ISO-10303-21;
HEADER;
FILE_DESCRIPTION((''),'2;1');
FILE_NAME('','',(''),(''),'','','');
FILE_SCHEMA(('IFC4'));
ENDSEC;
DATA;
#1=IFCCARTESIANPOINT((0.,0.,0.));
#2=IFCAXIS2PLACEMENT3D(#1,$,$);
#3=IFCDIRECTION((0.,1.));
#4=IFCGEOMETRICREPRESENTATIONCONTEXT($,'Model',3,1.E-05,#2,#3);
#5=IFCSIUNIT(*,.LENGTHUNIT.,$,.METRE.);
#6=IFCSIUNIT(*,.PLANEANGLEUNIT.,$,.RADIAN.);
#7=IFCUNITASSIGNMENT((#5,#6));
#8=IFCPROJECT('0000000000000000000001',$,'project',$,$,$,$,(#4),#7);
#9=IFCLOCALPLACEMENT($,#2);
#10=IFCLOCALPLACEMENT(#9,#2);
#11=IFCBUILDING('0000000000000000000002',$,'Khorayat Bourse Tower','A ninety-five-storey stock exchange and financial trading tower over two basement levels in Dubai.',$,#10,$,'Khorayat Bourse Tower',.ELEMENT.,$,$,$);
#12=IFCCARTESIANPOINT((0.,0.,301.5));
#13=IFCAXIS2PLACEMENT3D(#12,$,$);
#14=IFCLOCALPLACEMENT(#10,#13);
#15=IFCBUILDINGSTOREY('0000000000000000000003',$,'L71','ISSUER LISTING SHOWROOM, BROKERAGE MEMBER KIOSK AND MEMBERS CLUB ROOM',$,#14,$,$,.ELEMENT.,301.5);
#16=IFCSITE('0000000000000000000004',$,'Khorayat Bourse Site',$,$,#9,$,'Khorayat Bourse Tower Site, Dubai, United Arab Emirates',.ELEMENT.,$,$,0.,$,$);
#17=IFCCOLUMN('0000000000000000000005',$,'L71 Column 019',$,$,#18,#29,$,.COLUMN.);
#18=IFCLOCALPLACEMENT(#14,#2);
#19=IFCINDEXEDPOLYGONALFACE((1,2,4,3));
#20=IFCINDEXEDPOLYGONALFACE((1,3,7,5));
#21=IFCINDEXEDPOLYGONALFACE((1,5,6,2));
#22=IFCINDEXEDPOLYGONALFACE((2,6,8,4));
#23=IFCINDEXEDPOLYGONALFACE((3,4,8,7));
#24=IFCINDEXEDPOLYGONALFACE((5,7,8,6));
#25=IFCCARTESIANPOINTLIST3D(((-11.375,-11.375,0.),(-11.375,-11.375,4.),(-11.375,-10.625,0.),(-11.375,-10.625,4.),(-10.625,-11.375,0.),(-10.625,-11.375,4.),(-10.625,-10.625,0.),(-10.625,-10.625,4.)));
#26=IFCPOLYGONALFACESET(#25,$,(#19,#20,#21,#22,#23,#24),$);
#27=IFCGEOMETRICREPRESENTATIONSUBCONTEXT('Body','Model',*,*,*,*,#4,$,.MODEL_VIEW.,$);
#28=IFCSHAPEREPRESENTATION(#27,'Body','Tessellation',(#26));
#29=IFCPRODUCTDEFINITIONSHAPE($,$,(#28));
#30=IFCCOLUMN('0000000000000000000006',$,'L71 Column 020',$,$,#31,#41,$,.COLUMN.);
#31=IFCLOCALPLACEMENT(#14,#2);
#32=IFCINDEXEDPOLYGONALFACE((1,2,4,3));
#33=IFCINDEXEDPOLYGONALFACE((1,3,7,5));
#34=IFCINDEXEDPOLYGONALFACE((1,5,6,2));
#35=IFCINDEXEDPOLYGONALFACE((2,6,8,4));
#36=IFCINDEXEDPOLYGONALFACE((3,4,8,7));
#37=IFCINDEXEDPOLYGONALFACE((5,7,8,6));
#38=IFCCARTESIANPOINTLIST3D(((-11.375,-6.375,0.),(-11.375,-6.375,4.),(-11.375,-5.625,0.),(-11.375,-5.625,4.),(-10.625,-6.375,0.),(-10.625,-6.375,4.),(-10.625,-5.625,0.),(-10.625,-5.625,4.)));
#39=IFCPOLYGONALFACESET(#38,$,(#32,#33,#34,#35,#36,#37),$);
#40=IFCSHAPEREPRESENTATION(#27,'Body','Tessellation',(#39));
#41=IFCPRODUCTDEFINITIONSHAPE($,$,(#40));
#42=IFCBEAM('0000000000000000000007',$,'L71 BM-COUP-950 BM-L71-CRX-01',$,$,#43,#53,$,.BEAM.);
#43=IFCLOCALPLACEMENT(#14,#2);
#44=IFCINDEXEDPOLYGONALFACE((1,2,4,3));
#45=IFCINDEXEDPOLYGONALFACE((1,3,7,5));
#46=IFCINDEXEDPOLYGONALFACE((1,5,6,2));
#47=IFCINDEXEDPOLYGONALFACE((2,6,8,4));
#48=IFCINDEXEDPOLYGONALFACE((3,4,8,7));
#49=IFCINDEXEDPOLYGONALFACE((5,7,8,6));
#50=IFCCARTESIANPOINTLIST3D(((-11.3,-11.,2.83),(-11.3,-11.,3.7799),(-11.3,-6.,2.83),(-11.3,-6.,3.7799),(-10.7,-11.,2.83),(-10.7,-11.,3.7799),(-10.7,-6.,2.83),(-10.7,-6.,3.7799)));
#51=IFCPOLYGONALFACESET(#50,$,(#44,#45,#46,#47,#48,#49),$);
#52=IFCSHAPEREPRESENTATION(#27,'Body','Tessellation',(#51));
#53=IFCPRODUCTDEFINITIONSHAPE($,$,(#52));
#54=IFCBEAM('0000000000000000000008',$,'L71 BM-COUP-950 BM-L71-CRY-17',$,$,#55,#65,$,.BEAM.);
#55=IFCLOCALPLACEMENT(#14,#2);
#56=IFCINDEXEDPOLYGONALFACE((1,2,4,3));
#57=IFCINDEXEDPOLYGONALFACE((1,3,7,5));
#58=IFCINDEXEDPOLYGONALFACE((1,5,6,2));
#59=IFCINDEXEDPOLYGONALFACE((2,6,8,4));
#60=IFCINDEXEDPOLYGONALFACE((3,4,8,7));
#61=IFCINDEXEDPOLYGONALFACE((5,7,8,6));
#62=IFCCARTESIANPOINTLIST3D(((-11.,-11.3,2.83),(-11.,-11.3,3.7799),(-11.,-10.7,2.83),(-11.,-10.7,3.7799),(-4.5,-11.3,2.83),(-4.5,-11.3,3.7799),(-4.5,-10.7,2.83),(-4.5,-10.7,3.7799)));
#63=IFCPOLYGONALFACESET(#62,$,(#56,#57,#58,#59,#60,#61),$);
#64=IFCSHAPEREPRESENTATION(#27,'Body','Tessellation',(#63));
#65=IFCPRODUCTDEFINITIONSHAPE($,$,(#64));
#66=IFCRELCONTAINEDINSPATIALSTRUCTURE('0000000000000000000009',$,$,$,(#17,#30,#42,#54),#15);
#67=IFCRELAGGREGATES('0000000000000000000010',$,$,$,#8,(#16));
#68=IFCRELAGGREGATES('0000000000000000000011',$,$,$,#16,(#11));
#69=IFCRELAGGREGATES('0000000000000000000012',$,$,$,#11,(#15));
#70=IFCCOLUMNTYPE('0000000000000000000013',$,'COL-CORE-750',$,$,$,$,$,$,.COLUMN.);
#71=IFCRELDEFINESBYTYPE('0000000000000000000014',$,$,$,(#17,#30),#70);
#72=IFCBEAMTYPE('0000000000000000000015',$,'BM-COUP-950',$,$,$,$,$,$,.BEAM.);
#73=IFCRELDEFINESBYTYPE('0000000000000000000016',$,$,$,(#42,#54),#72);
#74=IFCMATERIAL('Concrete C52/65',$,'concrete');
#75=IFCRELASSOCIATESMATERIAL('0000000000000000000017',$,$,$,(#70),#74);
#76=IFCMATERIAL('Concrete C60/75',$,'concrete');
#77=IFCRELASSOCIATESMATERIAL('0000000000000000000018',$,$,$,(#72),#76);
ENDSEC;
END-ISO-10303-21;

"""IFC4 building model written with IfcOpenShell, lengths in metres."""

from ifc_helpers import new_model, si_unit, direction, frame, origin, origin_2d, place, context, subcontext, project, spatial, rectangle, extrude, source, transform, mapped, material, material_profile, profile_set, type_object, element, save


model = new_model("IFC4")

# Units and contexts
model_context = context("Model", 3, precision=1e-05, world=origin(), true_north=direction((0.0, 1.0)))
body_context = subcontext(model_context, "Body", "Model", "MODEL_VIEW")
ifc_project = project(units=[si_unit("LENGTHUNIT", "METRE"), si_unit("PLANEANGLEUNIT", "RADIAN")], contexts=[model_context])

# Site, building, storey
site_placement = place(None, origin())
site = spatial("IfcSite", under=ifc_project, at=site_placement, Name="Khorayat Bourse Site", LongName="Khorayat Bourse Tower Site, Dubai, United Arab Emirates", CompositionType="ELEMENT", RefElevation=0.0)
building_placement = place(site_placement, origin())
building = spatial("IfcBuilding", under=site, at=building_placement, Name="Khorayat Bourse Tower", Description="A ninety-five-storey stock exchange and financial trading tower over two basement levels in Dubai.", LongName="Khorayat Bourse Tower", CompositionType="ELEMENT")
storey_placement = place(building_placement, frame((0.0, 0.0, 301.5)))
storey = spatial("IfcBuildingStorey", under=building, at=storey_placement, Name="L71", Description="ISSUER LISTING SHOWROOM, BROKERAGE MEMBER KIOSK AND MEMBERS CLUB ROOM", CompositionType="ELEMENT", Elevation=301.5)

# Columns
ifc_material_1 = material(Name="Concrete C52/65", Category="concrete")
ifc_material_profile_1 = material_profile(ifc_material_1, rectangle(XDim=0.75, YDim=0.75, at=origin_2d()), Name="RC 750x750")
ifc_profile_set_1 = profile_set([ifc_material_profile_1], Name="Concrete C52/65")
column_type = type_object("IfcColumnType", Name="COL-CORE-750", PredefinedType="COLUMN", material=ifc_profile_set_1)
shared_shape_1 = source(origin(), body_context, "Body", "SweptSolid", [
    extrude(rectangle(XDim=0.75, YDim=0.75, at=origin_2d()), origin(), (0.0, 0.0, 1.0), 4.0),
])
for number, where, z_axis, x_axis, name in (
    (1, (-11.0, -11.0, 0.0), (0.0, 0.0, 1.0), (1.0, 0.0, 0.0), "L71 Column 019"),
    (2, (-11.0, -6.0, 0.0), (0.0, 0.0, 1.0), (1.0, 0.0, 0.0), "L71 Column 020"),
):
    element("IfcColumn", number, at=place(storey_placement, frame(where, z_axis=z_axis, x_axis=x_axis)), inside=storey, type_object=column_type, Name=name, PredefinedType="COLUMN", context=body_context, shape_type="MappedRepresentation", body=[
        mapped(shared_shape_1, transform((0.0, 0.0, 0.0), scale=1.0)),
    ])

# Beams
ifc_material_2 = material(Name="Concrete C60/75", Category="concrete")
ifc_material_profile_2 = material_profile(ifc_material_2, rectangle(XDim=0.6001, YDim=0.95, at=origin_2d()), Name="RC 600x950")
ifc_profile_set_2 = profile_set([ifc_material_profile_2], Name="Concrete C60/75")
beam_type = type_object("IfcBeamType", Name="BM-COUP-950", PredefinedType="BEAM", material=ifc_profile_set_2)
shared_shape_2 = source(origin(), body_context, "Body", "SweptSolid", [
    extrude(rectangle(XDim=0.6001, YDim=0.95, at=origin_2d()), origin(), (0.0, 0.0, 1.0), 5.0),
])
beam_1_placement = place(storey_placement, frame((-11.0, -11.0, 3.3049), z_axis=(0.0, 1.0, 0.0), x_axis=(-1.0, 0.0, 0.0)))
element("IfcBeam", 3, at=beam_1_placement, inside=storey, type_object=beam_type, Name="L71 BM-COUP-950 BM-L71-CRX-01", PredefinedType="BEAM", context=body_context, shape_type="MappedRepresentation", body=[
    mapped(shared_shape_2, transform((0.0, 0.0, 0.0), scale=1.0)),
])
shared_shape_3 = source(origin(), body_context, "Body", "SweptSolid", [
    extrude(rectangle(XDim=0.6001, YDim=0.95, at=origin_2d()), origin(), (0.0, 0.0, 1.0), 6.5),
])
beam_2_placement = place(storey_placement, frame((-11.0, -11.0, 3.3049), z_axis=(1.0, 0.0, 0.0), x_axis=(0.0, 1.0, 0.0)))
element("IfcBeam", 4, at=beam_2_placement, inside=storey, type_object=beam_type, Name="L71 BM-COUP-950 BM-L71-CRY-17", PredefinedType="BEAM", context=body_context, shape_type="MappedRepresentation", body=[
    mapped(shared_shape_3, transform((0.0, 0.0, 0.0), scale=1.0)),
])

save(model, "model.ifc")
